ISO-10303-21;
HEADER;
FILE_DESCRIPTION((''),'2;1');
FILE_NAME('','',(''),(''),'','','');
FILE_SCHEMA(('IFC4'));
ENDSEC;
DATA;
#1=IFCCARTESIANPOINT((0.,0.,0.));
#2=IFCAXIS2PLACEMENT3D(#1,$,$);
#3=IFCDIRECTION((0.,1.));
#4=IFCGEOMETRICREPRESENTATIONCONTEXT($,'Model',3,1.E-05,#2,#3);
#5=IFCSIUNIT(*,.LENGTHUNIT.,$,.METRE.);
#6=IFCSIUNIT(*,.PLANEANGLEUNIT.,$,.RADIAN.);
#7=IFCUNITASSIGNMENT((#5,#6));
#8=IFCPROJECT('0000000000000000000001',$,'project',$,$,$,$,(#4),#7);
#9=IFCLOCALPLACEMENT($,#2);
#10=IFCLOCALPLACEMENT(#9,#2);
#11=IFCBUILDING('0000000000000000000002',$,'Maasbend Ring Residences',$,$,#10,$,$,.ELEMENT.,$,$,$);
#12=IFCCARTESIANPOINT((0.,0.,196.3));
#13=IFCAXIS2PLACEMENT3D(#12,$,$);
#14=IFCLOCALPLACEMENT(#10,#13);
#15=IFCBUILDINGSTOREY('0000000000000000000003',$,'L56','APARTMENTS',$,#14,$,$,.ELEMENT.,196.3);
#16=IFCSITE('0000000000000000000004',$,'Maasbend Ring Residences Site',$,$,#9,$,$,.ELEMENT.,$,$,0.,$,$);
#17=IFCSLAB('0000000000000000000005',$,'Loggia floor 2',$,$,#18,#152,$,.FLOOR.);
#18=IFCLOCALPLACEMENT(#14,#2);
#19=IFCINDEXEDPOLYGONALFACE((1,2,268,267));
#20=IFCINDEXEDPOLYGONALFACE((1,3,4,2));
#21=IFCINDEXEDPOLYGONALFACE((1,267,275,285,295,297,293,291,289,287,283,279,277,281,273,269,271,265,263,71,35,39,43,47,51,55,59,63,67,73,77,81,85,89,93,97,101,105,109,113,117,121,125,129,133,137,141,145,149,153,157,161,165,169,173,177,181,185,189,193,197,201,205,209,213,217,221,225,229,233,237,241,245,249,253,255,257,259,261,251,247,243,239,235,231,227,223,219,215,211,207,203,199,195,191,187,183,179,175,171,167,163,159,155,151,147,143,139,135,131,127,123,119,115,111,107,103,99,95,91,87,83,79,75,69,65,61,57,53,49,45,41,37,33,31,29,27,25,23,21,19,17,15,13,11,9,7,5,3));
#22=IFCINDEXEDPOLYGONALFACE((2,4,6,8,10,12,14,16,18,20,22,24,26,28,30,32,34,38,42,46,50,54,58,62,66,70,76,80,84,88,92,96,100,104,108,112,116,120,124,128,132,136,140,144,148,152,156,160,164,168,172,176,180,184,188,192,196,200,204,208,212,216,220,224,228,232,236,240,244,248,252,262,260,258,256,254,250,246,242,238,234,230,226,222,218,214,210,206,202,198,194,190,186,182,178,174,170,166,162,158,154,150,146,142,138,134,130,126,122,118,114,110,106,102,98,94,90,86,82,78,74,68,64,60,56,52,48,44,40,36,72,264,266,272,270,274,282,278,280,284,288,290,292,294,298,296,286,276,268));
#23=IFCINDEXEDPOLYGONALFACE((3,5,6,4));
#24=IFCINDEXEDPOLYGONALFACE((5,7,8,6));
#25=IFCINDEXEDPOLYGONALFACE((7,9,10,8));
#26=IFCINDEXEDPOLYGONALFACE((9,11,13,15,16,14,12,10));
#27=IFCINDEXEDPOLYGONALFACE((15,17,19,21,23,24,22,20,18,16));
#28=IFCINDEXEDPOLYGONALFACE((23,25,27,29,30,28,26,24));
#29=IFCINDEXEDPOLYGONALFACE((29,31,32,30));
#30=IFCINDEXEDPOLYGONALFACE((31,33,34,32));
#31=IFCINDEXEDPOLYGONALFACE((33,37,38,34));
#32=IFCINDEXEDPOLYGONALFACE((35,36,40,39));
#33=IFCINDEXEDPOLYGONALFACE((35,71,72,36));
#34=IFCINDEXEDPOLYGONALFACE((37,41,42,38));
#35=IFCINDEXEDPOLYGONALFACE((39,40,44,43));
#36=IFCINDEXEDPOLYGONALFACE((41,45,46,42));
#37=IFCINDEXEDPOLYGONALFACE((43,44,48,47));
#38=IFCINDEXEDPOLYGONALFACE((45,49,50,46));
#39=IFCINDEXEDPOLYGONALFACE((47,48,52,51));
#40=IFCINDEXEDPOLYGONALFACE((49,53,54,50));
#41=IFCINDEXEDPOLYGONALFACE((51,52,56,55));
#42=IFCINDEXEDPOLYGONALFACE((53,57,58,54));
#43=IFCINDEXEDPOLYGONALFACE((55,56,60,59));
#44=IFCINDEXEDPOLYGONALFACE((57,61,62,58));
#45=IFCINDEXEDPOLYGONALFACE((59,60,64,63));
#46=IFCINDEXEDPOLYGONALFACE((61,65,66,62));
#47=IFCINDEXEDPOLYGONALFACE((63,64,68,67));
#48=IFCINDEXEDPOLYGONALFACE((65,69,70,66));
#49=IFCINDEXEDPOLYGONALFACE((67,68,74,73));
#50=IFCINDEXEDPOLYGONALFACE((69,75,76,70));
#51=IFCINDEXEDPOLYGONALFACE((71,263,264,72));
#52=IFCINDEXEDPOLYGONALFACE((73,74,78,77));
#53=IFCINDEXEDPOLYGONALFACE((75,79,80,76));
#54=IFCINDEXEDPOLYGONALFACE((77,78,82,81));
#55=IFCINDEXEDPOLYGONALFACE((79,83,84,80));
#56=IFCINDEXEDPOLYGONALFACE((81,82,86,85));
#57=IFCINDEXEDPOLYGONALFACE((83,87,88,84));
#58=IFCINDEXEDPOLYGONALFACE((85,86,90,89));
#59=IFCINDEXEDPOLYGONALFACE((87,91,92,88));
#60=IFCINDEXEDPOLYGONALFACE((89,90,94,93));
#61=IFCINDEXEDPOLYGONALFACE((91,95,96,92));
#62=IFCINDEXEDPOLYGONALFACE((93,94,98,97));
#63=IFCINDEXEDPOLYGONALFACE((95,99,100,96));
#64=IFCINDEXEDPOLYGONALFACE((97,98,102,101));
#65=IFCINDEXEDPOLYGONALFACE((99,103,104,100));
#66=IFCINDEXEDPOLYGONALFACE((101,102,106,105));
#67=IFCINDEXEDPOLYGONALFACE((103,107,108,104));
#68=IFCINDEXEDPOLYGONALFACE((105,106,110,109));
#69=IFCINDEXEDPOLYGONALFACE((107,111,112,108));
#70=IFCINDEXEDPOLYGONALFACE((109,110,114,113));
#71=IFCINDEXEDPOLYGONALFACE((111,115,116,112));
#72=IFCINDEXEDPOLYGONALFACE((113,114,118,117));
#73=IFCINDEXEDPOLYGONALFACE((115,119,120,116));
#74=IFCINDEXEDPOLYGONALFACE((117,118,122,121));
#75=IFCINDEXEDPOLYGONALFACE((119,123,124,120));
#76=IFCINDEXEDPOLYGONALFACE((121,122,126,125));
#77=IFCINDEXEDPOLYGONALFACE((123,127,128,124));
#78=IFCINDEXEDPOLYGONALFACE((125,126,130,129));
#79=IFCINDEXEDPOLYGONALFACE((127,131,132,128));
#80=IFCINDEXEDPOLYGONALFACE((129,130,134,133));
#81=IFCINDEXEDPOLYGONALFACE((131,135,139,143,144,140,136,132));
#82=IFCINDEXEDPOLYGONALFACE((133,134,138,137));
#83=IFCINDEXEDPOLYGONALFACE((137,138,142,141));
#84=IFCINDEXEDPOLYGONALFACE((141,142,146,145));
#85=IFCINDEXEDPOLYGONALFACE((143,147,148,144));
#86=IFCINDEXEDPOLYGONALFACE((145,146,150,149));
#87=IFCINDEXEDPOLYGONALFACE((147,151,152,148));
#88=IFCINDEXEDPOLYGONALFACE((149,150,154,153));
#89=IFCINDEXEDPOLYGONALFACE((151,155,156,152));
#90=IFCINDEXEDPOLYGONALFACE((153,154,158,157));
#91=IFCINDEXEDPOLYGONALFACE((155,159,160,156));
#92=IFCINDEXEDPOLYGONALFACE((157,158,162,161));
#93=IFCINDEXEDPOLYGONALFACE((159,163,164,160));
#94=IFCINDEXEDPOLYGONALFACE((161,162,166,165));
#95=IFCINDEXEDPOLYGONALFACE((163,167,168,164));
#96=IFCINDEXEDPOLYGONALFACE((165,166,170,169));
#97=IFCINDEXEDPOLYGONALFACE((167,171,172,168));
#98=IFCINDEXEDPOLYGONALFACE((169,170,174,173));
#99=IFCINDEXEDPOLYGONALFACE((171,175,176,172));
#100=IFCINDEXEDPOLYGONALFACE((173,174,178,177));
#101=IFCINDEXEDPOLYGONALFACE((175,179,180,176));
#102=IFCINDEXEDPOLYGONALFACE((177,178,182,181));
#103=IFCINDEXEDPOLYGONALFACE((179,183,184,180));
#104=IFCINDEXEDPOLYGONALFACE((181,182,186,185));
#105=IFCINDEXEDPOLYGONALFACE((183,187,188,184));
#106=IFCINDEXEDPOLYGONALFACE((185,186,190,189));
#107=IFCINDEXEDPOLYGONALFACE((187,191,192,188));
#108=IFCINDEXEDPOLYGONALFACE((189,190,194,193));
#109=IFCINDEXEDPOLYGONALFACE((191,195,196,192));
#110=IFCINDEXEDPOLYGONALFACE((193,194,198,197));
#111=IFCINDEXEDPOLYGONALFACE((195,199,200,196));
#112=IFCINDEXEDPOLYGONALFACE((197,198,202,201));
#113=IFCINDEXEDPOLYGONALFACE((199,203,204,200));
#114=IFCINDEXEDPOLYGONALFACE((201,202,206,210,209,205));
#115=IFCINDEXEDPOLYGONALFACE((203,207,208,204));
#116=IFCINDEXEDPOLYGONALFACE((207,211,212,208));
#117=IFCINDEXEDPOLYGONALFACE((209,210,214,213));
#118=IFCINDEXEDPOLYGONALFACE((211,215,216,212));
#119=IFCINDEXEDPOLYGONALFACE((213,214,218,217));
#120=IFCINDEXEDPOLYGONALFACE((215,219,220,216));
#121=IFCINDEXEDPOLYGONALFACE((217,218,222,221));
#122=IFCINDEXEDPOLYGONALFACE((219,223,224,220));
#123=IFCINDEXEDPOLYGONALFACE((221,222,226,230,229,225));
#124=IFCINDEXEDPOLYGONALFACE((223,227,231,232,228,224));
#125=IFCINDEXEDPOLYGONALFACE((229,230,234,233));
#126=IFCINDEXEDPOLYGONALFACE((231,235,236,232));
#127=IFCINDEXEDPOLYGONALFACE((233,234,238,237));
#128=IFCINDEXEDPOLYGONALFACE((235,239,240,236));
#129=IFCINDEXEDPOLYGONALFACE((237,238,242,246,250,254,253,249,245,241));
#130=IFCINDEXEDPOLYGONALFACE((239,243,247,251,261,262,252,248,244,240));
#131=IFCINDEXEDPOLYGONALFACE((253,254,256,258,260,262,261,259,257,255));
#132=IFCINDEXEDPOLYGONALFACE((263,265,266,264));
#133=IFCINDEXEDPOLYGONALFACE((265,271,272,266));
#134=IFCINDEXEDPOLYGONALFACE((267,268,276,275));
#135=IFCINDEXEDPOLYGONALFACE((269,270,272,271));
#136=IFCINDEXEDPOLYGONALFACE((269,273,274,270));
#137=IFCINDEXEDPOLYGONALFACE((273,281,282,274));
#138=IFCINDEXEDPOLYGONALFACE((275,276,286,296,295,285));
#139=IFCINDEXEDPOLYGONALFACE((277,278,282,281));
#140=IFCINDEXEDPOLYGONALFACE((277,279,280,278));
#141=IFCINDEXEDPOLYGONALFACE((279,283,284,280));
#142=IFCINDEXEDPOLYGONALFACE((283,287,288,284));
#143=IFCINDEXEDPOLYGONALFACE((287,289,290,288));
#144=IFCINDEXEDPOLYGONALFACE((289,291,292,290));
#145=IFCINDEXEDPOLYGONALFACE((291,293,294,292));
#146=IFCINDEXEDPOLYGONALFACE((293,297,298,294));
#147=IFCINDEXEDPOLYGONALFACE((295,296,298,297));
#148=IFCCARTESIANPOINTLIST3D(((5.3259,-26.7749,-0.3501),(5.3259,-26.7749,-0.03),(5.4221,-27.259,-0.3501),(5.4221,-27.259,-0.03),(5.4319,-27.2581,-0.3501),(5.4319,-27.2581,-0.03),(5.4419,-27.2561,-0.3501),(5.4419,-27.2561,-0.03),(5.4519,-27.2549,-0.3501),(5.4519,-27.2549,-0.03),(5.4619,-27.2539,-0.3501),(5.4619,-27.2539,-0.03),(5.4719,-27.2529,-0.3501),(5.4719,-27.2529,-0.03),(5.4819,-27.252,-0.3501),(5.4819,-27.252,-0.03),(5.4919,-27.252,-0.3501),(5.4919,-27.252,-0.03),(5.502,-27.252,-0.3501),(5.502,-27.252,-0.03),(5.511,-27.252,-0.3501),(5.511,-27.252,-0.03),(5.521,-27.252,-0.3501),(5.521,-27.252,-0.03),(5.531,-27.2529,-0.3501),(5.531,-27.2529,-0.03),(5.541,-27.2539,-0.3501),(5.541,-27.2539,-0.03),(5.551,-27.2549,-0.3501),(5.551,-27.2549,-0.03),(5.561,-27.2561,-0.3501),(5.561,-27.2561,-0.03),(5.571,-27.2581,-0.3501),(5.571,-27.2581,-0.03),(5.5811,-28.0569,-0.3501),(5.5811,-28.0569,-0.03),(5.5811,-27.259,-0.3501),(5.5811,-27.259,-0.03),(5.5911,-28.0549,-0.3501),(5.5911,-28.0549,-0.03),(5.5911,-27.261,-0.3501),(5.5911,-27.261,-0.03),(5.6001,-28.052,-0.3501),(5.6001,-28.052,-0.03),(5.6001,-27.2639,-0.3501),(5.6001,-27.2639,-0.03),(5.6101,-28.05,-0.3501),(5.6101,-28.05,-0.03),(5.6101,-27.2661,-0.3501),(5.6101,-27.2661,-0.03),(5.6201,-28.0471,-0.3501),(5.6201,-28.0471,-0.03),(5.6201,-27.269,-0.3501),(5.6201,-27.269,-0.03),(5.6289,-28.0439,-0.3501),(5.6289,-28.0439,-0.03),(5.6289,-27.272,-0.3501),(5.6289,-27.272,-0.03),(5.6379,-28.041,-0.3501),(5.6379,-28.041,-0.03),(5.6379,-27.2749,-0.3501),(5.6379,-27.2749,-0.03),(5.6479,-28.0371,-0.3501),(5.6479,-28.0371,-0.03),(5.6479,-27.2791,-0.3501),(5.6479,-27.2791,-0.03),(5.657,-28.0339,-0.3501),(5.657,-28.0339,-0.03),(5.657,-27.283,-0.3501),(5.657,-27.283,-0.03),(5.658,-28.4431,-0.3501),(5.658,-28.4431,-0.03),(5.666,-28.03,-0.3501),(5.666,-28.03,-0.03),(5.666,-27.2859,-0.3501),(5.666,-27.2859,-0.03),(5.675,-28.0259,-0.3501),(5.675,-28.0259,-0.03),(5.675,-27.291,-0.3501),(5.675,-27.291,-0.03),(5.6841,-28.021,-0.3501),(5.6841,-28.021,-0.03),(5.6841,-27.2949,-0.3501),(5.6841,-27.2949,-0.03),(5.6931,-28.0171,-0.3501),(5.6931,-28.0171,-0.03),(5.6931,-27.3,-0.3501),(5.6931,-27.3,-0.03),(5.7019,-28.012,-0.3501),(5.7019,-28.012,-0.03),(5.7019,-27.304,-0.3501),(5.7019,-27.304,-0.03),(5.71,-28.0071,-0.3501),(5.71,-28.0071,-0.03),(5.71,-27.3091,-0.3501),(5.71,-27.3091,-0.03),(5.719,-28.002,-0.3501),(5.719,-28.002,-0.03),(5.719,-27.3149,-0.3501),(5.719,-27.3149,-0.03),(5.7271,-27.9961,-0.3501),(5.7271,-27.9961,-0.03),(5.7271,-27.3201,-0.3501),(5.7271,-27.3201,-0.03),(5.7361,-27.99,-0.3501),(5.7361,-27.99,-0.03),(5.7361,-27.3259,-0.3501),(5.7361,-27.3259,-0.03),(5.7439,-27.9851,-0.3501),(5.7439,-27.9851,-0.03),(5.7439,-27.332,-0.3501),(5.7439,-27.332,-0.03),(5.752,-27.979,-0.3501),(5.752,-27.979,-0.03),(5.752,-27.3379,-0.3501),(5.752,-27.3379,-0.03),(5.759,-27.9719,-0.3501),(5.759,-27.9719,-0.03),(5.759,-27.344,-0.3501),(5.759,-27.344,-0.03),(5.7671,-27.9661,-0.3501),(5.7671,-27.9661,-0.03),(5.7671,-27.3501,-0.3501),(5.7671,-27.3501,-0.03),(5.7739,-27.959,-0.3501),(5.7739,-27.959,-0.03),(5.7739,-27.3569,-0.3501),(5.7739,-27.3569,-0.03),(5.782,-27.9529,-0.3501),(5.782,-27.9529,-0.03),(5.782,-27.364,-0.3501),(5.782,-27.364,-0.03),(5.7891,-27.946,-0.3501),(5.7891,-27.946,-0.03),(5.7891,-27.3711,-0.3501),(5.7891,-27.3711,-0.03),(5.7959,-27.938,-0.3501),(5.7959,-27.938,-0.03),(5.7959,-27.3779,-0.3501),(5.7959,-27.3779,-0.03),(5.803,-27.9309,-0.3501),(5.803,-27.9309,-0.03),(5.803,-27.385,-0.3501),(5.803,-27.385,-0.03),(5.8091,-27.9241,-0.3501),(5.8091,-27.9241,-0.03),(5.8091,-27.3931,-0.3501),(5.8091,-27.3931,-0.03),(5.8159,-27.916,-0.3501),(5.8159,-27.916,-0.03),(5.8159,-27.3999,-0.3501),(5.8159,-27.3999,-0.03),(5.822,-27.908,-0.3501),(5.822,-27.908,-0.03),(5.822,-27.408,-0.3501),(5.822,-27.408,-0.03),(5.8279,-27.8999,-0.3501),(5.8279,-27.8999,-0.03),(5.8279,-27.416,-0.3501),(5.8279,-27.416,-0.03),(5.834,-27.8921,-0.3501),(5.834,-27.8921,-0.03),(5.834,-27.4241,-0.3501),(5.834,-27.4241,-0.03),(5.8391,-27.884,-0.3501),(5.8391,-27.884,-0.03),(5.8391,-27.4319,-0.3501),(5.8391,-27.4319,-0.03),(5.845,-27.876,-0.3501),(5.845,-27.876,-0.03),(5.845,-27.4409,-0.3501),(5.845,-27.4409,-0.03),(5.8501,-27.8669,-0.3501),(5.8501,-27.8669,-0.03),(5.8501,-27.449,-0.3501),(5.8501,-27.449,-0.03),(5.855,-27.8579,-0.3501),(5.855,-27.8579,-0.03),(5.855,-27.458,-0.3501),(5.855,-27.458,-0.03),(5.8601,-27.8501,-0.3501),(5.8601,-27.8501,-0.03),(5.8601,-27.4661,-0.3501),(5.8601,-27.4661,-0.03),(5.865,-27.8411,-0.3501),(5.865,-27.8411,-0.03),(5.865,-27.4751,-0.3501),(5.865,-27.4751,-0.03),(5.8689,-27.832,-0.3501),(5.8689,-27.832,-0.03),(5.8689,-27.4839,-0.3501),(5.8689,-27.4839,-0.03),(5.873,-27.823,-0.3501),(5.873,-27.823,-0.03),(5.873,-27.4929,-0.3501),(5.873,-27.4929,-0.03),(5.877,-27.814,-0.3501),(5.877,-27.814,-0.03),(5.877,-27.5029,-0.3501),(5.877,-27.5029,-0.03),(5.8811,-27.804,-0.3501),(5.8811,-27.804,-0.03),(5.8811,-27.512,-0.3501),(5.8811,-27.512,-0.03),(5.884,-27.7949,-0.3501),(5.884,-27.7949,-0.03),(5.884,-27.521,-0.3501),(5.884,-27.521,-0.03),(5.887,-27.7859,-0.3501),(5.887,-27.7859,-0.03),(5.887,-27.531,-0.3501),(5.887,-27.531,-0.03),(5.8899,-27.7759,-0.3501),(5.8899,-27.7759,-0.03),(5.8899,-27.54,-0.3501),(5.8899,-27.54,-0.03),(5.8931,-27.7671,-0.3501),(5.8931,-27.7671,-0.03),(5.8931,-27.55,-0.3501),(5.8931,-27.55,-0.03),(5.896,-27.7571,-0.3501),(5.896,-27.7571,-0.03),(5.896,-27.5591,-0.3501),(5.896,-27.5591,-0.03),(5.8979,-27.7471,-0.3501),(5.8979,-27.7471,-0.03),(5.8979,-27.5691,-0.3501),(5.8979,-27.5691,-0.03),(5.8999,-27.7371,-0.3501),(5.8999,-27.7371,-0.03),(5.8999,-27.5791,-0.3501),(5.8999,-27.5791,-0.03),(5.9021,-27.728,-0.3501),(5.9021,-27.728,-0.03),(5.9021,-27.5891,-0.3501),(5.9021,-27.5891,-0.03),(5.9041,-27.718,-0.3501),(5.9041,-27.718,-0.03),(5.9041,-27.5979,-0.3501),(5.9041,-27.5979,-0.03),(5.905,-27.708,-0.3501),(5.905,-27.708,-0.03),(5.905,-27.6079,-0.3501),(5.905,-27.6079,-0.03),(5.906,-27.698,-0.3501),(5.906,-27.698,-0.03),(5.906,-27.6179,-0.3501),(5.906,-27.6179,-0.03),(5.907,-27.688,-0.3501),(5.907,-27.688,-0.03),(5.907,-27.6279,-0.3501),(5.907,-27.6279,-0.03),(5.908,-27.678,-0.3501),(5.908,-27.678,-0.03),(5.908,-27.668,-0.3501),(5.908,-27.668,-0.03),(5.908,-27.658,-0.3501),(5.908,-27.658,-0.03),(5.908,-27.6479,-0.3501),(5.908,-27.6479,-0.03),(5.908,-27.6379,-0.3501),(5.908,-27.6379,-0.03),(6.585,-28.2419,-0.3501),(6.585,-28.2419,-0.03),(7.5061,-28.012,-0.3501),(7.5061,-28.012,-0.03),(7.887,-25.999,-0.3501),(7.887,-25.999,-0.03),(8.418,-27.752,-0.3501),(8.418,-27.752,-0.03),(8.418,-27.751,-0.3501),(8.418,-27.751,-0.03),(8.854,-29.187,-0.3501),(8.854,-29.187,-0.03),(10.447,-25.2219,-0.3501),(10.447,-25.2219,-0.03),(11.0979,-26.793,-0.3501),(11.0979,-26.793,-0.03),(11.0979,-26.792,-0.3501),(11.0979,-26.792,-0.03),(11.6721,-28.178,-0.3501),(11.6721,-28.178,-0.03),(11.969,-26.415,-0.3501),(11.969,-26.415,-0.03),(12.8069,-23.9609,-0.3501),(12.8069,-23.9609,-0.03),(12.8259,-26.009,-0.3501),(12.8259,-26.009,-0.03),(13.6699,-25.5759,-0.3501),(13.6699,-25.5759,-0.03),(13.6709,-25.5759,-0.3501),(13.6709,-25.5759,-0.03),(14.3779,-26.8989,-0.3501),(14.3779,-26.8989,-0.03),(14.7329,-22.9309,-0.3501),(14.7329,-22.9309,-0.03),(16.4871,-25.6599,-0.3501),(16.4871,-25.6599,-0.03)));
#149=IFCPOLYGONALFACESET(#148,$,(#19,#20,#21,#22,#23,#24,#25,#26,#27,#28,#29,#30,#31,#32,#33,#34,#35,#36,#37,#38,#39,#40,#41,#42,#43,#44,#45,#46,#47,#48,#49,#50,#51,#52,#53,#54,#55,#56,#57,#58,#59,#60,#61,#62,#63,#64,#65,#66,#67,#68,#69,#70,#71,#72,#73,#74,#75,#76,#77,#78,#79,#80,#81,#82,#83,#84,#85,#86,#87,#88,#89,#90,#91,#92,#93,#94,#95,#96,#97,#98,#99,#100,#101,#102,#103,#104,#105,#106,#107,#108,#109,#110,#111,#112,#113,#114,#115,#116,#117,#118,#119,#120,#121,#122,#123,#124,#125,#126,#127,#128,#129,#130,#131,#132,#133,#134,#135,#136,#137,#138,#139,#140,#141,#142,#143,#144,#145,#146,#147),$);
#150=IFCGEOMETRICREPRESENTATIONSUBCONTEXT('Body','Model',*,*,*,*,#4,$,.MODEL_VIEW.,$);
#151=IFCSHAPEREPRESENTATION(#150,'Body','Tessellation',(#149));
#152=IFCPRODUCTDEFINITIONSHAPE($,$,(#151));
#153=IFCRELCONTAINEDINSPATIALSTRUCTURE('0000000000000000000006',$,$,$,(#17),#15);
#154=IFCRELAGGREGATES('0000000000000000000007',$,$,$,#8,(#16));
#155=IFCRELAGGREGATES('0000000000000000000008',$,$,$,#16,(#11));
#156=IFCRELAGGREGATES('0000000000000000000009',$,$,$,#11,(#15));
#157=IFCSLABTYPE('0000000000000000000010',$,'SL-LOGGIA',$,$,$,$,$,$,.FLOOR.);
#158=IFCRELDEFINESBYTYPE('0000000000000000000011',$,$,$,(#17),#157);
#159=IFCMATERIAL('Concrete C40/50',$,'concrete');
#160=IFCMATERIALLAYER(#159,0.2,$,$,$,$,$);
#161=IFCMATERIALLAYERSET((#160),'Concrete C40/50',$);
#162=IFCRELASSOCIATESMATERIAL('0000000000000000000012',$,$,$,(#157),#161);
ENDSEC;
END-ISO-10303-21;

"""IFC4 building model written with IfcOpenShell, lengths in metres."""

from ifc_helpers import new_model, si_unit, direction, frame, origin, place, context, subcontext, project, spatial, polyline, outline, extrude, material, layer, layer_set, type_object, element, save


model = new_model("IFC4")

# Units and contexts
model_context = context("Model", 3, precision=1e-05, world=origin(), true_north=direction((0.0, 1.0)))
body_context = subcontext(model_context, "Body", "Model", "MODEL_VIEW")
ifc_project = project(units=[si_unit("LENGTHUNIT", "METRE"), si_unit("PLANEANGLEUNIT", "RADIAN")], contexts=[model_context])

# Site, building, storey
site_placement = place(None, origin())
site = spatial("IfcSite", under=ifc_project, at=site_placement, Name="Maasbend Ring Residences Site", CompositionType="ELEMENT", RefElevation=0.0)
building_placement = place(site_placement, origin())
building = spatial("IfcBuilding", under=site, at=building_placement, Name="Maasbend Ring Residences", CompositionType="ELEMENT")
storey_placement = place(building_placement, frame((0.0, 0.0, 196.3)))
storey = spatial("IfcBuildingStorey", under=building, at=storey_placement, Name="L56", Description="APARTMENTS", CompositionType="ELEMENT", Elevation=196.3)

# Slab
ifc_material_1 = material(Name="Concrete C40/50", Category="concrete")
ifc_layer_1 = layer(ifc_material_1, 0.2)
ifc_layer_set_1 = layer_set([ifc_layer_1], Name="Concrete C40/50")
slab_type_1 = type_object("IfcSlabType", Name="SL-LOGGIA", PredefinedType="FLOOR", material=ifc_layer_set_1)
slab_1_placement = place(storey_placement, frame((0.0, 0.0, -0.3501)))
element("IfcSlab", 1, at=slab_1_placement, inside=storey, type_object=slab_type_1, Name="Loggia floor 2", PredefinedType="FLOOR", context=body_context, shape_type="SweptSolid", body=[
    extrude(outline(polyline([(10.447, -25.2219), (12.8069, -23.9609), (14.7329, -22.9309), (14.7329, -22.9309), (14.7329, -22.9309), (16.4871, -25.6599), (16.4871, -25.6599), (16.4871, -25.6599), (14.3779, -26.8989), (14.3779, -26.8989), (14.3779, -26.8989), (13.6709, -25.5759), (13.6709, -25.5759), (13.6709, -25.5759), (13.6709, -25.5759), (13.6709, -25.5759), (13.6709, -25.5759), (13.6709, -25.5759), (13.6699, -25.5759), (13.6699, -25.5759), (13.6699, -25.5759), (13.6699, -25.5759), (13.6699, -25.5759), (13.6699, -25.5759), (13.6699, -25.5759), (13.6699, -25.5759), (13.6699, -25.5759), (13.6699, -25.5759), (12.8259, -26.009), (12.8259, -26.009), (11.969, -26.415), (11.969, -26.415), (11.0979, -26.792), (11.0979, -26.792), (11.0979, -26.792), (11.0979, -26.792), (11.0979, -26.792), (11.0979, -26.792), (11.0979, -26.792), (11.0979, -26.793), (11.0979, -26.793), (11.0979, -26.793), (11.0979, -26.793), (11.0979, -26.793), (11.0979, -26.793), (11.0979, -26.793), (11.0979, -26.793), (11.0979, -26.793), (11.0979, -26.793), (11.6721, -28.178), (11.6721, -28.178), (11.6721, -28.178), (8.854, -29.187), (8.854, -29.187), (8.854, -29.187), (8.418, -27.752), (8.418, -27.752), (8.418, -27.752), (8.418, -27.752), (8.418, -27.752), (8.418, -27.752), (8.418, -27.752), (8.418, -27.751), (8.418, -27.751), (8.418, -27.751), (8.418, -27.751), (8.418, -27.751), (8.418, -27.751), (8.418, -27.751), (8.418, -27.751), (8.418, -27.751), (8.418, -27.751), (7.5061, -28.012), (7.5061, -28.012), (6.585, -28.2419), (6.585, -28.2419), (5.658, -28.4431), (5.658, -28.4431), (5.658, -28.4431), (5.5811, -28.0569), (5.5911, -28.0549), (5.6001, -28.052), (5.6101, -28.05), (5.6201, -28.0471), (5.6289, -28.0439), (5.6379, -28.041), (5.6479, -28.0371), (5.657, -28.0339), (5.666, -28.03), (5.675, -28.0259), (5.6841, -28.021), (5.6931, -28.0171), (5.7019, -28.012), (5.71, -28.0071), (5.719, -28.002), (5.7271, -27.9961), (5.7361, -27.99), (5.7439, -27.9851), (5.752, -27.979), (5.759, -27.9719), (5.7671, -27.9661), (5.7739, -27.959), (5.782, -27.9529), (5.7891, -27.946), (5.7959, -27.938), (5.803, -27.9309), (5.8091, -27.9241), (5.8159, -27.916), (5.822, -27.908), (5.8279, -27.8999), (5.834, -27.8921), (5.8391, -27.884), (5.845, -27.876), (5.8501, -27.8669), (5.855, -27.8579), (5.8601, -27.8501), (5.865, -27.8411), (5.8689, -27.832), (5.873, -27.823), (5.877, -27.814), (5.8811, -27.804), (5.884, -27.7949), (5.887, -27.7859), (5.8899, -27.7759), (5.8931, -27.7671), (5.896, -27.7571), (5.8979, -27.7471), (5.8999, -27.7371), (5.9021, -27.728), (5.9041, -27.718), (5.905, -27.708), (5.906, -27.698), (5.907, -27.688), (5.908, -27.678), (5.908, -27.668), (5.908, -27.658), (5.908, -27.6479), (5.908, -27.6379), (5.907, -27.6279), (5.906, -27.6179), (5.905, -27.6079), (5.9041, -27.5979), (5.9021, -27.5891), (5.8999, -27.5791), (5.8979, -27.5691), (5.896, -27.5591), (5.8931, -27.55), (5.8899, -27.54), (5.887, -27.531), (5.884, -27.521), (5.8811, -27.512), (5.877, -27.5029), (5.873, -27.4929), (5.8689, -27.4839), (5.865, -27.4751), (5.8601, -27.4661), (5.855, -27.458), (5.8501, -27.449), (5.845, -27.4409), (5.8391, -27.4319), (5.834, -27.4241), (5.8279, -27.416), (5.822, -27.408), (5.8159, -27.3999), (5.8091, -27.3931), (5.803, -27.385), (5.7959, -27.3779), (5.7891, -27.3711), (5.782, -27.364), (5.7739, -27.3569), (5.7671, -27.3501), (5.759, -27.344), (5.752, -27.3379), (5.7439, -27.332), (5.7361, -27.3259), (5.7271, -27.3201), (5.719, -27.3149), (5.71, -27.3091), (5.7019, -27.304), (5.6931, -27.3), (5.6841, -27.2949), (5.675, -27.291), (5.666, -27.2859), (5.657, -27.283), (5.6479, -27.2791), (5.6379, -27.2749), (5.6289, -27.272), (5.6201, -27.269), (5.6101, -27.2661), (5.6001, -27.2639), (5.5911, -27.261), (5.5811, -27.259), (5.571, -27.2581), (5.561, -27.2561), (5.551, -27.2549), (5.541, -27.2539), (5.531, -27.2529), (5.521, -27.252), (5.511, -27.252), (5.502, -27.252), (5.4919, -27.252), (5.4819, -27.252), (5.4719, -27.2529), (5.4619, -27.2539), (5.4519, -27.2549), (5.4419, -27.2561), (5.4319, -27.2581), (5.4221, -27.259), (5.3259, -26.7749), (5.3259, -26.7749), (5.3259, -26.7749), (7.887, -25.999), (10.447, -25.2219), (10.447, -25.2219), (10.447, -25.2219)])), origin(), (0.0, 0.0, 1.0), 0.3201),
])

save(model, "model.ifc")
